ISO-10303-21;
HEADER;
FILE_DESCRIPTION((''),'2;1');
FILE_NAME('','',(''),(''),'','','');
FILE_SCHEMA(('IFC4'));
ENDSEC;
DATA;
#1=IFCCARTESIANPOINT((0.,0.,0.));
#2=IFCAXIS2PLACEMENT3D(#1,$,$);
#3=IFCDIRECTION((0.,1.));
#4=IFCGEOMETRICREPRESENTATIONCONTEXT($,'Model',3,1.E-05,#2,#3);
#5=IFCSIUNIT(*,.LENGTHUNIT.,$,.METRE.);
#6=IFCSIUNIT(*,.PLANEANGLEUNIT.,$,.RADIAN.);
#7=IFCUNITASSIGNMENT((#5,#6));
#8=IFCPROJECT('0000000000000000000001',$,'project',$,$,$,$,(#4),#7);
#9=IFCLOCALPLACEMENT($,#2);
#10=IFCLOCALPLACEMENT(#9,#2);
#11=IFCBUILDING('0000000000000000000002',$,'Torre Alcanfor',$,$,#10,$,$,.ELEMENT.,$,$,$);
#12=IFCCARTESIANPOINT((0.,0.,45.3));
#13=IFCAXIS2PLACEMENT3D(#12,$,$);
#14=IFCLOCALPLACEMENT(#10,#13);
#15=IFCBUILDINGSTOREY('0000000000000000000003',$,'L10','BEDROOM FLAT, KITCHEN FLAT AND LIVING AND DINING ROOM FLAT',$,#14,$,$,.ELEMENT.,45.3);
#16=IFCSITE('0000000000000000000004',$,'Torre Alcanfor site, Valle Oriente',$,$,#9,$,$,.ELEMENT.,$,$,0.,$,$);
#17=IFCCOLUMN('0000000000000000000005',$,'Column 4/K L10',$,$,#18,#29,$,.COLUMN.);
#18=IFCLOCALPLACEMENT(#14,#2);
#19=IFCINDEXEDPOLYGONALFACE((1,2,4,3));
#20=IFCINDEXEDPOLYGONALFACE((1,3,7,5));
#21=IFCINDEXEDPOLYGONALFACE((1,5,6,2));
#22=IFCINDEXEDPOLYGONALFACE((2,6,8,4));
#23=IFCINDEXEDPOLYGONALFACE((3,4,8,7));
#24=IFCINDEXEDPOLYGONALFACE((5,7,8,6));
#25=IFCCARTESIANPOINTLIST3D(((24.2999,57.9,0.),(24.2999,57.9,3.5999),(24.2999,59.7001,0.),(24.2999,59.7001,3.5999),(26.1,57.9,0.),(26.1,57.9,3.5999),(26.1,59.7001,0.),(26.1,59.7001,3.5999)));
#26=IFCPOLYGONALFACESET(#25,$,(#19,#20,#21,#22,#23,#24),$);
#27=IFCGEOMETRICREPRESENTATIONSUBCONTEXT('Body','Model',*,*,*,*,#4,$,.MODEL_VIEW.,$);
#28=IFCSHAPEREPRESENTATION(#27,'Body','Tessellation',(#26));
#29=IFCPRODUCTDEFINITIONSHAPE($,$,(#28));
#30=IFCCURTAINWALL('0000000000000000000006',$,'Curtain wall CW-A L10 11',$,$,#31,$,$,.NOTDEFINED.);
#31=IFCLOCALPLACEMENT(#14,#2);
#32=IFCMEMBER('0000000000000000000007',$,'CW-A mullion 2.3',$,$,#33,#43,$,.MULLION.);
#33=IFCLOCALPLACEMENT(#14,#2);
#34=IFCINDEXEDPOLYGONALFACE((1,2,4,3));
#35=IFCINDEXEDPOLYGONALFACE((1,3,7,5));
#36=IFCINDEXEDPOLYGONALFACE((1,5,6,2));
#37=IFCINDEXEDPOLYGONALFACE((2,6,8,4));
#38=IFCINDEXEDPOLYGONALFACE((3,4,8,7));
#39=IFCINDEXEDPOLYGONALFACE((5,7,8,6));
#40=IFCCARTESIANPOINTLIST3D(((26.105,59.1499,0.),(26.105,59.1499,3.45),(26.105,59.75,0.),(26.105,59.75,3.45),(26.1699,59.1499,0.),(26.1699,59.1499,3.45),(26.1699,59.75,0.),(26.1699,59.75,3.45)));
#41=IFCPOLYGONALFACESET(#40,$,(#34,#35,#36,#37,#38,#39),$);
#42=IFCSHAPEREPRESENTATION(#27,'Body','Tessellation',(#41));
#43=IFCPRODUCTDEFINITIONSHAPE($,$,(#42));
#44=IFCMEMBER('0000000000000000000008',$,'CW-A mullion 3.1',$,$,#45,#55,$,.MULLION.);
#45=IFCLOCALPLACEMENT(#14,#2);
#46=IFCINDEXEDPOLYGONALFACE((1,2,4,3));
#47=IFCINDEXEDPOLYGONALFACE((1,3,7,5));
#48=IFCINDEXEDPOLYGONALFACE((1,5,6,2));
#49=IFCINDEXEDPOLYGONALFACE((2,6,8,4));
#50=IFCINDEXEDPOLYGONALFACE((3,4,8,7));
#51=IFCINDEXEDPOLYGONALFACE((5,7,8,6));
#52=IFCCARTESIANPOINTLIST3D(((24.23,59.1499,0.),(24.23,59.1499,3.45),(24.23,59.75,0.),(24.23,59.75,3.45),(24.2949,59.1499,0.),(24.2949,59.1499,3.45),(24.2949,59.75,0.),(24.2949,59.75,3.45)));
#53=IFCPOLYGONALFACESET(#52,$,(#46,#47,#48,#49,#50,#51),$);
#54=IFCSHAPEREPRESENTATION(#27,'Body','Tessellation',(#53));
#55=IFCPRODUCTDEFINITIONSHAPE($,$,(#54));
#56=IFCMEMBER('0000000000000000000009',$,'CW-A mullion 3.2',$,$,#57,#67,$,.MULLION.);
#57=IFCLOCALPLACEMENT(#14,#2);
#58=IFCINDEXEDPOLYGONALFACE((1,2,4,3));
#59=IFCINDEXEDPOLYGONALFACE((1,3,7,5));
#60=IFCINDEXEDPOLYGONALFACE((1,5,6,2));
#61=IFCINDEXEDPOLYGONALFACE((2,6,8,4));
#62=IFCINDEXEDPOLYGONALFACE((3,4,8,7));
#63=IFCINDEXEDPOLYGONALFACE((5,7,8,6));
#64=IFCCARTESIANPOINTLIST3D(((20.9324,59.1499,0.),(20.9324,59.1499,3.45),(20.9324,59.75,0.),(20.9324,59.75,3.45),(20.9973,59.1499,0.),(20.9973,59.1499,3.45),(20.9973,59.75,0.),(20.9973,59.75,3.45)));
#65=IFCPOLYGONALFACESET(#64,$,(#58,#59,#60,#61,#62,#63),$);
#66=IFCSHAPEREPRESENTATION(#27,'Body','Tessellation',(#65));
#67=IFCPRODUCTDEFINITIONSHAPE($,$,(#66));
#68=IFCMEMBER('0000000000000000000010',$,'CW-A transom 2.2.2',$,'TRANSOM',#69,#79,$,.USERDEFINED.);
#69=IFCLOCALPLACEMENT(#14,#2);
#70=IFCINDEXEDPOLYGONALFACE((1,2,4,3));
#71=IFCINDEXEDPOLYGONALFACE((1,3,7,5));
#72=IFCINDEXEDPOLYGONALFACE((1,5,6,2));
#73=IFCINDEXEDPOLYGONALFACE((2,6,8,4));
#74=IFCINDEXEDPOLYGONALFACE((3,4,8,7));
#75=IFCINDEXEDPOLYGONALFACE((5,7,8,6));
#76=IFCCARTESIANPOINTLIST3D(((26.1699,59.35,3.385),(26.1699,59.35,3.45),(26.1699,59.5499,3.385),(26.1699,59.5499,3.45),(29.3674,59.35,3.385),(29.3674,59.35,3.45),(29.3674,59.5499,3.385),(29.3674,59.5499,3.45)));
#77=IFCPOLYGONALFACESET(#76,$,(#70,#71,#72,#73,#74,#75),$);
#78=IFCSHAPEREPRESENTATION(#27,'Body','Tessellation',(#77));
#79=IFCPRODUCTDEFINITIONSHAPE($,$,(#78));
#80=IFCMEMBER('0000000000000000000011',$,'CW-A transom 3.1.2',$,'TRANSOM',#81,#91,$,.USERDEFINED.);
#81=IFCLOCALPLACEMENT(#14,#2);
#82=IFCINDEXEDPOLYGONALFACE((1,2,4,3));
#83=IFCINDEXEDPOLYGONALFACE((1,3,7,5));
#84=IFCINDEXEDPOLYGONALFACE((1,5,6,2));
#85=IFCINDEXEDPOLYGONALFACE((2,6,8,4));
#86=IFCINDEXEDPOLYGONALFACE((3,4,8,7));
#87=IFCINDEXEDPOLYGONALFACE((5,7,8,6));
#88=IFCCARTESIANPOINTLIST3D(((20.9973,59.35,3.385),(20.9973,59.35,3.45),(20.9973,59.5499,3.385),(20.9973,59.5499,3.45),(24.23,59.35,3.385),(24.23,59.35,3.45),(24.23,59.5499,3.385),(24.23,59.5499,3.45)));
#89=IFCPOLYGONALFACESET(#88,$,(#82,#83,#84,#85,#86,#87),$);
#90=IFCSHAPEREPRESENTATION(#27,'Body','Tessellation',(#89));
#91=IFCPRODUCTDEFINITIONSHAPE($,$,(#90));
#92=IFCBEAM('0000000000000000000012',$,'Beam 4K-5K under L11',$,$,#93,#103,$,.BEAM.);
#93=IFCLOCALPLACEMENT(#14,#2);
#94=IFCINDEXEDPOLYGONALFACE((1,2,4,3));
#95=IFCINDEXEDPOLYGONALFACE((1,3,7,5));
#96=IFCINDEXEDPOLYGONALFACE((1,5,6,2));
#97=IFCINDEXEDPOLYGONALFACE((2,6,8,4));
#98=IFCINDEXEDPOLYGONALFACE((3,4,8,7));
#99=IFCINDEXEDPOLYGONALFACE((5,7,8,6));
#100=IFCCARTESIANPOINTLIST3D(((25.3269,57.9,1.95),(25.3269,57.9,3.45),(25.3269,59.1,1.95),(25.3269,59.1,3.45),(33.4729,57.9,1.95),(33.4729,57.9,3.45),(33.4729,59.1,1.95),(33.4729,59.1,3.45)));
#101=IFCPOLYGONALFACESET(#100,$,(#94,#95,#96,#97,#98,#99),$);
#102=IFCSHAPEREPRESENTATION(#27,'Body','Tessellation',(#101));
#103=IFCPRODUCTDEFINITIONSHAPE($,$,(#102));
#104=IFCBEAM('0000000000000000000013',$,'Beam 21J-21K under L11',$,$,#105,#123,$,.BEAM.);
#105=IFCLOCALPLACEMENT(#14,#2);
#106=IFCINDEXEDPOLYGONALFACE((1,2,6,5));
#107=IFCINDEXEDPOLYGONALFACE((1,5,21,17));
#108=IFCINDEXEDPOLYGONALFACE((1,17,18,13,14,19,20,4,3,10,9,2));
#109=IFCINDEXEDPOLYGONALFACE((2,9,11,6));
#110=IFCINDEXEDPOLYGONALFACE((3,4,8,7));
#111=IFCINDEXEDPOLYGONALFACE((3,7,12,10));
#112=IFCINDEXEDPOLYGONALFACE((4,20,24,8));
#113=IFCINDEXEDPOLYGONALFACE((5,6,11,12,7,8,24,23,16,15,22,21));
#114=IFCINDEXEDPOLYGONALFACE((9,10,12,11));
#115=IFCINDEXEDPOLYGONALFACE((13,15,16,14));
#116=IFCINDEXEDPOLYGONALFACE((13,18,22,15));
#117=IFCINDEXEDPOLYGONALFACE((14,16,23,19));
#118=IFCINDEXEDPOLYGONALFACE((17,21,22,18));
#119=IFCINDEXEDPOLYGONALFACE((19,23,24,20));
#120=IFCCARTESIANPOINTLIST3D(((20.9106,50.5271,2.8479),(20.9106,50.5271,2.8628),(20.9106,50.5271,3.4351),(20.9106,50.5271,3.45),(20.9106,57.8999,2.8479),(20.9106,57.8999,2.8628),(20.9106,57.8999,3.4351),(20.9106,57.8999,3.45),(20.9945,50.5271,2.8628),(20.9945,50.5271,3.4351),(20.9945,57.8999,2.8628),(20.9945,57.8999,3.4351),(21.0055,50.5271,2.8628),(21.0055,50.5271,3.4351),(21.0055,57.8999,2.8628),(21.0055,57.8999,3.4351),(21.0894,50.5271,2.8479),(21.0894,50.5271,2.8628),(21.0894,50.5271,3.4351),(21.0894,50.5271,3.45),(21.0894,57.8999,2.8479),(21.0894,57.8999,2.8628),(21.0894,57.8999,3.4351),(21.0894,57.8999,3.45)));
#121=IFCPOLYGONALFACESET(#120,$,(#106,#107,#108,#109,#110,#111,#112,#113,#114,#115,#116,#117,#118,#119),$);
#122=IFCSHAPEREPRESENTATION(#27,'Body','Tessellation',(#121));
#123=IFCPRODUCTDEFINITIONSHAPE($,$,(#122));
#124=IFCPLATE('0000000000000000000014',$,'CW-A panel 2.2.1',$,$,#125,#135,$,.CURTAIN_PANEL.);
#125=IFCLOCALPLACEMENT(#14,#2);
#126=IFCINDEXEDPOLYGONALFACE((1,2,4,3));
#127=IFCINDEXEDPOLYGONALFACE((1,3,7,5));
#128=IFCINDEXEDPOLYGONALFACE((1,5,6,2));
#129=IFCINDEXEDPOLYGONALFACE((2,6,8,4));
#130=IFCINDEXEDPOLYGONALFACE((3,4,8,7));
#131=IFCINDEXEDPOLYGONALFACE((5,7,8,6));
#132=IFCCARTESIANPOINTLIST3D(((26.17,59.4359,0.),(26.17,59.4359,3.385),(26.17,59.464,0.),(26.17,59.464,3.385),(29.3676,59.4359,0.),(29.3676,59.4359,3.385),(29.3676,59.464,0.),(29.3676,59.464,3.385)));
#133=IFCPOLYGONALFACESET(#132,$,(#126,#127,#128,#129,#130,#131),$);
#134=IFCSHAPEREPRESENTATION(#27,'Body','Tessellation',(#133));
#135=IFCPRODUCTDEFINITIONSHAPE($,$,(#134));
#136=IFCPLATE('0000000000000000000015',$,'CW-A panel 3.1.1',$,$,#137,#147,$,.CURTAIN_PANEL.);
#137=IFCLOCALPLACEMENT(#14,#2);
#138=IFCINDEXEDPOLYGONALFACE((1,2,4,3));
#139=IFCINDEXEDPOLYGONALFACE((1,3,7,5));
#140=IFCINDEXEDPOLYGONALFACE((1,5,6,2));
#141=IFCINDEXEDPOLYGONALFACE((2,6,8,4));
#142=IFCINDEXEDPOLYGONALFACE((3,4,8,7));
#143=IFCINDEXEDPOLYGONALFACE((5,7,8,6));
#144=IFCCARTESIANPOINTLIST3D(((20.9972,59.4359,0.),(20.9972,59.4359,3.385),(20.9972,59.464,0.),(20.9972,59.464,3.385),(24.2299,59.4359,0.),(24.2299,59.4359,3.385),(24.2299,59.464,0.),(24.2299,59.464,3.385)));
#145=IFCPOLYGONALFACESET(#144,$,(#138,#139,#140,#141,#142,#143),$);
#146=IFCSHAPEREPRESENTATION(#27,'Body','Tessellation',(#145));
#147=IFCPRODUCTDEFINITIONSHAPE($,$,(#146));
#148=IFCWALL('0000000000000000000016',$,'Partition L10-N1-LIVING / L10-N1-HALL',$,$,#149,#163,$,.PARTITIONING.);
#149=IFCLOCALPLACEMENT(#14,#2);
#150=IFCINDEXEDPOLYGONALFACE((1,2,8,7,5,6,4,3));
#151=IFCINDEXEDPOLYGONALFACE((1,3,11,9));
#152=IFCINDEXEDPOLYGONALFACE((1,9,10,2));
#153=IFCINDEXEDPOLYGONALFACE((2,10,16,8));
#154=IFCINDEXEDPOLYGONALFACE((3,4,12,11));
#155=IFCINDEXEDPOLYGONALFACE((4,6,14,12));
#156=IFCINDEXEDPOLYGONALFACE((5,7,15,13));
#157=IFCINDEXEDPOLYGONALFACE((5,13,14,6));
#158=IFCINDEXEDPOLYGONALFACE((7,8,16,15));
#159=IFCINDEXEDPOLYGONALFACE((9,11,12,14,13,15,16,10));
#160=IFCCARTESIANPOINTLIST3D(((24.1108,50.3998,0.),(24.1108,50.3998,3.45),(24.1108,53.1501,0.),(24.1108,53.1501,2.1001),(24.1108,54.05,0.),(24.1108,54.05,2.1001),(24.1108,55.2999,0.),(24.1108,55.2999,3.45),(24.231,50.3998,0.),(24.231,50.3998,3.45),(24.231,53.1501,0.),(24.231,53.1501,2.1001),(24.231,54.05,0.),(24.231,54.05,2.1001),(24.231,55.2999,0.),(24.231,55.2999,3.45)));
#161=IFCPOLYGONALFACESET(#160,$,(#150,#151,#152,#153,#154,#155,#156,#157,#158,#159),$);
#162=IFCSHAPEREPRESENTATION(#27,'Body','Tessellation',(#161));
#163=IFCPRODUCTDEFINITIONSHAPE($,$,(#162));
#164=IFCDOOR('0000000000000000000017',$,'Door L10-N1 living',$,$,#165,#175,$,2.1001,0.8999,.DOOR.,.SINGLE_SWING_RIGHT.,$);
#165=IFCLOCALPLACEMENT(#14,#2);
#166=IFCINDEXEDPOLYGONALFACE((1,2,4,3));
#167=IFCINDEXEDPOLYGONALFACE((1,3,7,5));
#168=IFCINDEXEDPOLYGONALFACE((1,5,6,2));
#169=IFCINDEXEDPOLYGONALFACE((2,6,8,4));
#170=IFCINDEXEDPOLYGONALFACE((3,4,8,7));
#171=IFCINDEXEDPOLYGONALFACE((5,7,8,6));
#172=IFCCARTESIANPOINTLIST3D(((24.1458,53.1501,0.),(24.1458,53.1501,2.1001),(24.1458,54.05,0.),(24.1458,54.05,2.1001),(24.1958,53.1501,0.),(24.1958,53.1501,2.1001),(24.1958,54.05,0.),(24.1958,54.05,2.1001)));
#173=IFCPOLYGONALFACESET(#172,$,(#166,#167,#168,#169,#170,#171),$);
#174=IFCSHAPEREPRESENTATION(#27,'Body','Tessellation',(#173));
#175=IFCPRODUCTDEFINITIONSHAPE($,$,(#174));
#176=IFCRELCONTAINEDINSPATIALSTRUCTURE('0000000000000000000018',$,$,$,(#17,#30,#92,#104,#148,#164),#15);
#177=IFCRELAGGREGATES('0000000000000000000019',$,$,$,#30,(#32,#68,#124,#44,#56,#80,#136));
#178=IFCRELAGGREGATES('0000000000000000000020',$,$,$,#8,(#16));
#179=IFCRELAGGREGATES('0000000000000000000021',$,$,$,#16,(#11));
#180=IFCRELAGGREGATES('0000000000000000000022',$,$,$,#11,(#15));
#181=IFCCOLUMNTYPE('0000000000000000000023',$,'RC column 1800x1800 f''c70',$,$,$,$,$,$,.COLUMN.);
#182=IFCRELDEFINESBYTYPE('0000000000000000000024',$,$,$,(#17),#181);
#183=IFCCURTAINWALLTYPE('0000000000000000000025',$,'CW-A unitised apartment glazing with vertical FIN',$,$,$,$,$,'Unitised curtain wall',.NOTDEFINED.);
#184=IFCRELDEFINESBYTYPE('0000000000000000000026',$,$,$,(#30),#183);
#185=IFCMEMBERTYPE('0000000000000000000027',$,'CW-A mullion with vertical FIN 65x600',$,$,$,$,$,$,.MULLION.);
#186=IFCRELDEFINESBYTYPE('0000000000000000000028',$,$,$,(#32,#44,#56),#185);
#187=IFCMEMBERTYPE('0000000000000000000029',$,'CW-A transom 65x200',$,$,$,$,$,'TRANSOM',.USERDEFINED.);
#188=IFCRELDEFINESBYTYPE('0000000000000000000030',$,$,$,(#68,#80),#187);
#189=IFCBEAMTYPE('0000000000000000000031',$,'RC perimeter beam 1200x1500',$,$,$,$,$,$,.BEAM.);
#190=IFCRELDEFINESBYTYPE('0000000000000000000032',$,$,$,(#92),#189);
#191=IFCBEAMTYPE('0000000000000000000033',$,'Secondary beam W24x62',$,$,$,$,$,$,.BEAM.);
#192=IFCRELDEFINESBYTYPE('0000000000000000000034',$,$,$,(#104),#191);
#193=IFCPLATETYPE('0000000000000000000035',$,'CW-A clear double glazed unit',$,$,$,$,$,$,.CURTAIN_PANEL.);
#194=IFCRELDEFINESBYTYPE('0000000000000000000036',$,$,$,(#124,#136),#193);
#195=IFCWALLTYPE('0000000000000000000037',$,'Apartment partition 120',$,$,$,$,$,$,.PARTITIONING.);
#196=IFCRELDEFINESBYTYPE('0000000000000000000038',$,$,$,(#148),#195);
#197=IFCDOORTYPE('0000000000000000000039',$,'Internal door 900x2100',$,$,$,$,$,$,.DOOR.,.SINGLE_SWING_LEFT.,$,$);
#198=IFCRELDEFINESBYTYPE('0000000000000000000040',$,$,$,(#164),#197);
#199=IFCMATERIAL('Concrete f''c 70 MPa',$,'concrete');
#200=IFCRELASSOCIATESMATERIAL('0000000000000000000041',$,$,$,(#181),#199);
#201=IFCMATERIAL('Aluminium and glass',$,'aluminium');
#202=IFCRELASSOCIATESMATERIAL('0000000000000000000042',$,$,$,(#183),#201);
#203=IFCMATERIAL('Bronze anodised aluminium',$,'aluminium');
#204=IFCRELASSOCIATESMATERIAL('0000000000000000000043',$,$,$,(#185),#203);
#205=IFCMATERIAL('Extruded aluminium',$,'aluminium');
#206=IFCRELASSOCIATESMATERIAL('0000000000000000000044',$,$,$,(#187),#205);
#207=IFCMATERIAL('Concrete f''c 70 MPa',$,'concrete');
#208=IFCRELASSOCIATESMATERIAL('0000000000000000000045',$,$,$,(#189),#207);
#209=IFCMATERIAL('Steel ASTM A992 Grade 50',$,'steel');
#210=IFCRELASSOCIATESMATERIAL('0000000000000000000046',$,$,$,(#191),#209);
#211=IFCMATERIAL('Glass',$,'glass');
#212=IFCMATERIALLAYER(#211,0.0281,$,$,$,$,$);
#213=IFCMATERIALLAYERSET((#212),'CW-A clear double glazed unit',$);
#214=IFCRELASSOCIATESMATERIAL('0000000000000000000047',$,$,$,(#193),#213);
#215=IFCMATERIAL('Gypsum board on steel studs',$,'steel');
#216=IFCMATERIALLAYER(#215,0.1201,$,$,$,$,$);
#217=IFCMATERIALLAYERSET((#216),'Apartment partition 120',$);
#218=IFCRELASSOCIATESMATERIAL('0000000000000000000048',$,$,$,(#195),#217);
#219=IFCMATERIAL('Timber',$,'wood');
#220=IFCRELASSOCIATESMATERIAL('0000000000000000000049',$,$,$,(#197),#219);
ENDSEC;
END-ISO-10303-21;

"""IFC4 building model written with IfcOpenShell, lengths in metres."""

from ifc_helpers import new_model, si_unit, direction, frame, frame_2d, origin, origin_2d, place, context, subcontext, project, spatial, rectangle, i_section, extrude, material, layer, layer_set, material_profile, profile_set, type_object, element, fill, aggregate, save


model = new_model("IFC4")

# Units and contexts
model_context = context("Model", 3, precision=1e-05, world=origin(), true_north=direction((0.0, 1.0)))
body_context = subcontext(model_context, "Body", "Model", "MODEL_VIEW")
ifc_project = project(units=[si_unit("LENGTHUNIT", "METRE"), si_unit("PLANEANGLEUNIT", "RADIAN")], contexts=[model_context])

# Site, building, storey
site_placement = place(None, origin())
site = spatial("IfcSite", under=ifc_project, at=site_placement, Name="Torre Alcanfor site, Valle Oriente", CompositionType="ELEMENT", RefElevation=0.0)
building_placement = place(site_placement, origin())
building = spatial("IfcBuilding", under=site, at=building_placement, Name="Torre Alcanfor", CompositionType="ELEMENT")
storey_placement = place(building_placement, frame((0.0, 0.0, 45.3)))
storey = spatial("IfcBuildingStorey", under=building, at=storey_placement, Name="L10", Description="BEDROOM FLAT, KITCHEN FLAT AND LIVING AND DINING ROOM FLAT", CompositionType="ELEMENT", Elevation=45.3)

# Column
ifc_material_1 = material(Name="Concrete f'c 70 MPa", Category="concrete")
ifc_material_profile_1 = material_profile(ifc_material_1, rectangle(XDim=1.8, YDim=1.8, at=origin_2d()), Name="1800x1800")
ifc_profile_set_1 = profile_set([ifc_material_profile_1], Name="Concrete f'c 70 MPa")
column_type = type_object("IfcColumnType", Name="RC column 1800x1800 f'c70", PredefinedType="COLUMN", material=ifc_profile_set_1)
column_placement = place(storey_placement, frame((25.2, 58.8, 0.0), z_axis=(0.0, 0.0, 1.0), x_axis=(1.0, 0.0, 0.0)))
element("IfcColumn", 1, at=column_placement, inside=storey, type_object=column_type, Name="Column 4/K L10", PredefinedType="COLUMN", context=body_context, shape_type="SweptSolid", body=[
    extrude(rectangle(XDim=1.8, YDim=1.8, at=origin_2d()), origin(), (0.0, 0.0, 1.0), 3.5999),
])

# Curtain wall, members
ifc_material_2 = material(Name="Aluminium and glass", Category="aluminium")
curtain_wall_type = type_object("IfcCurtainWallType", Name="CW-A unitised apartment glazing with vertical FIN", ElementType="Unitised curtain wall", PredefinedType="NOTDEFINED", material=ifc_material_2)
curtain_wall_placement = place(storey_placement, origin())
curtain_wall = element("IfcCurtainWall", 2, at=curtain_wall_placement, inside=storey, type_object=curtain_wall_type, Name="Curtain wall CW-A L10 11", PredefinedType="NOTDEFINED")
ifc_material_3 = material(Name="Bronze anodised aluminium", Category="aluminium")
ifc_material_profile_2 = material_profile(ifc_material_3, rectangle(XDim=0.6001, YDim=0.0649, at=origin_2d()), Name="CW-A mullion 65x600")
ifc_profile_set_2 = profile_set([ifc_material_profile_2], Name="Bronze anodised aluminium")
member_type_1 = type_object("IfcMemberType", Name="CW-A mullion with vertical FIN 65x600", PredefinedType="MULLION", material=ifc_profile_set_2)
member_1_placement = place(storey_placement, frame((26.1375, 59.45, 0.0), z_axis=(0.0, 0.0, 1.0), x_axis=(0.0, -1.0, 0.0)))
member_1 = element("IfcMember", 3, at=member_1_placement, type_object=member_type_1, Name="CW-A mullion 2.3", PredefinedType="MULLION", context=body_context, shape_type="SweptSolid", body=[
    extrude(rectangle(XDim=0.6001, YDim=0.0649, at=origin_2d()), origin(), (0.0, 0.0, 1.0), 3.45),
])
member_2_placement = place(storey_placement, frame((24.2625, 59.45, 0.0), z_axis=(0.0, 0.0, 1.0), x_axis=(0.0, -1.0, 0.0)))
member_2 = element("IfcMember", 4, at=member_2_placement, type_object=member_type_1, Name="CW-A mullion 3.1", PredefinedType="MULLION", context=body_context, shape_type="SweptSolid", body=[
    extrude(rectangle(XDim=0.6001, YDim=0.0649, at=origin_2d()), origin(), (0.0, 0.0, 1.0), 3.45),
])
member_3_placement = place(storey_placement, frame((20.9648, 59.45, 0.0), z_axis=(0.0, 0.0, 1.0), x_axis=(0.0, -1.0, 0.0)))
member_3 = element("IfcMember", 5, at=member_3_placement, type_object=member_type_1, Name="CW-A mullion 3.2", PredefinedType="MULLION", context=body_context, shape_type="SweptSolid", body=[
    extrude(rectangle(XDim=0.6001, YDim=0.0649, at=origin_2d()), origin(), (0.0, 0.0, 1.0), 3.45),
])
ifc_material_4 = material(Name="Extruded aluminium", Category="aluminium")
ifc_material_profile_3 = material_profile(ifc_material_4, rectangle(XDim=0.2, YDim=0.0649, at=origin_2d()), Name="CW-A transom 200x65")
ifc_profile_set_3 = profile_set([ifc_material_profile_3], Name="Extruded aluminium")
member_type_2 = type_object("IfcMemberType", Name="CW-A transom 65x200", ElementType="TRANSOM", PredefinedType="USERDEFINED", material=ifc_profile_set_3)
member_4_placement = place(storey_placement, frame((29.3674, 59.45, 3.4175), z_axis=(-1.0, 0.0, 0.0), x_axis=(0.0, -1.0, 0.0)))
member_4 = element("IfcMember", 6, at=member_4_placement, type_object=member_type_2, Name="CW-A transom 2.2.2", ObjectType="TRANSOM", PredefinedType="USERDEFINED", context=body_context, shape_type="SweptSolid", body=[
    extrude(rectangle(XDim=0.2, YDim=0.0649, at=origin_2d()), origin(), (0.0, 0.0, 1.0), 3.1975),
])
member_5_placement = place(storey_placement, frame((24.23, 59.45, 3.4175), z_axis=(-1.0, 0.0, 0.0), x_axis=(0.0, -1.0, 0.0)))
member_5 = element("IfcMember", 7, at=member_5_placement, type_object=member_type_2, Name="CW-A transom 3.1.2", ObjectType="TRANSOM", PredefinedType="USERDEFINED", context=body_context, shape_type="SweptSolid", body=[
    extrude(rectangle(XDim=0.2, YDim=0.0649, at=origin_2d()), origin(), (0.0, 0.0, 1.0), 3.2327),
])

# Beams
ifc_material_5 = material(Name="Concrete f'c 70 MPa", Category="concrete")
ifc_material_profile_4 = material_profile(ifc_material_5, rectangle(XDim=1.2, YDim=1.5, at=origin_2d()), Name="1200x1500")
ifc_profile_set_4 = profile_set([ifc_material_profile_4], Name="Concrete f'c 70 MPa")
beam_type_1 = type_object("IfcBeamType", Name="RC perimeter beam 1200x1500", PredefinedType="BEAM", material=ifc_profile_set_4)
beam_1_placement = place(storey_placement, frame((25.3269, 58.5, 2.7), z_axis=(1.0, 0.0, 0.0), x_axis=(0.0, 1.0, 0.0)))
element("IfcBeam", 8, at=beam_1_placement, inside=storey, type_object=beam_type_1, Name="Beam 4K-5K under L11", PredefinedType="BEAM", context=body_context, shape_type="SweptSolid", body=[
    extrude(rectangle(XDim=1.2, YDim=1.5, at=origin_2d()), origin(), (0.0, 0.0, 1.0), 8.146),
])
ifc_material_6 = material(Name="Steel ASTM A992 Grade 50", Category="steel")
ifc_material_profile_5 = material_profile(ifc_material_6, i_section(OverallWidth=0.1787, OverallDepth=0.6021, WebThickness=0.011, FlangeThickness=0.0149, at=origin_2d()), Name="W24x62")
ifc_profile_set_5 = profile_set([ifc_material_profile_5], Name="Steel ASTM A992 Grade 50")
beam_type_2 = type_object("IfcBeamType", Name="Secondary beam W24x62", PredefinedType="BEAM", material=ifc_profile_set_5)
beam_2_placement = place(storey_placement, frame((21.0, 50.5271, 3.1489), z_axis=(0.0, 1.0, 0.0), x_axis=(-1.0, 0.0, 0.0)))
element("IfcBeam", 9, at=beam_2_placement, inside=storey, type_object=beam_type_2, Name="Beam 21J-21K under L11", PredefinedType="BEAM", context=body_context, shape_type="SweptSolid", body=[
    extrude(i_section(OverallWidth=0.1787, OverallDepth=0.6021, WebThickness=0.011, FlangeThickness=0.0149, at=origin_2d()), origin(), (0.0, 0.0, 1.0), 7.3728),
])

# Plates
ifc_material_7 = material(Name="Glass", Category="glass")
ifc_layer_1 = layer(ifc_material_7, 0.0281)
ifc_layer_set_1 = layer_set([ifc_layer_1], Name="CW-A clear double glazed unit")
plate_type = type_object("IfcPlateType", Name="CW-A clear double glazed unit", PredefinedType="CURTAIN_PANEL", material=ifc_layer_set_1)
plate_1_placement = place(storey_placement, frame((27.7688, 59.45, 0.0), z_axis=(0.0, 0.0, 1.0), x_axis=(-1.0, 0.0, 0.0)))
plate_1 = element("IfcPlate", 10, at=plate_1_placement, type_object=plate_type, Name="CW-A panel 2.2.1", PredefinedType="CURTAIN_PANEL", context=body_context, shape_type="SweptSolid", body=[
    extrude(rectangle(XDim=3.1975, YDim=0.0281, at=origin_2d()), origin(), (0.0, 0.0, 1.0), 3.385),
])
plate_2_placement = place(storey_placement, frame((22.6135, 59.45, 0.0), z_axis=(0.0, 0.0, 1.0), x_axis=(-1.0, 0.0, 0.0)))
plate_2 = element("IfcPlate", 11, at=plate_2_placement, type_object=plate_type, Name="CW-A panel 3.1.1", PredefinedType="CURTAIN_PANEL", context=body_context, shape_type="SweptSolid", body=[
    extrude(rectangle(XDim=3.2327, YDim=0.0281, at=origin_2d()), origin(), (0.0, 0.0, 1.0), 3.385),
])
aggregate(curtain_wall, [member_1, member_4, plate_1, member_2, member_3, member_5, plate_2])

# Wall, opening, door
ifc_material_8 = material(Name="Gypsum board on steel studs", Category="steel")
ifc_layer_2 = layer(ifc_material_8, 0.1201)
ifc_layer_set_2 = layer_set([ifc_layer_2], Name="Apartment partition 120")
wall_type = type_object("IfcWallType", Name="Apartment partition 120", PredefinedType="PARTITIONING", material=ifc_layer_set_2)
wall_1_placement = place(storey_placement, frame((24.1709, 55.3, 0.0), z_axis=(0.0, 0.0, 1.0), x_axis=(0.0, -1.0, 0.0)))
wall_1 = element("IfcWall", 12, at=wall_1_placement, inside=storey, type_object=wall_type, Name="Partition L10-N1-LIVING / L10-N1-HALL", PredefinedType="PARTITIONING", context=body_context, shape_type="SweptSolid", body=[
    extrude(rectangle(XDim=4.9001, YDim=0.1201, at=frame_2d((2.4502, 0.0))), origin(), (0.0, 0.0, 1.0), 3.45),
])
opening_1_placement = place(wall_1_placement, frame((1.25, 0.0, 0.0)))
opening_1 = element("IfcOpeningElement", 13, at=opening_1_placement, cuts=wall_1, PredefinedType="OPENING", context=body_context, shape_type="SweptSolid", body=[
    extrude(rectangle(XDim=0.8999, YDim=2.1001, at=frame_2d((0.45, 1.05))), frame((0.0, 0.0701, 0.0), z_axis=(0.0, -1.0, 0.0), x_axis=(1.0, 0.0, 0.0)), (0.0, 0.0, 1.0), 0.1401),
])
ifc_material_9 = material(Name="Timber", Category="wood")
door_type = type_object("IfcDoorType", Name="Internal door 900x2100", OperationType="SINGLE_SWING_LEFT", PredefinedType="DOOR", material=ifc_material_9)
door_1_placement = place(opening_1_placement, origin())
door_1 = element("IfcDoor", 14, at=door_1_placement, inside=storey, type_object=door_type, Name="Door L10-N1 living", OperationType="SINGLE_SWING_RIGHT", OverallHeight=2.1001, OverallWidth=0.8999, PredefinedType="DOOR", context=body_context, shape_type="SweptSolid", body=[
    extrude(rectangle(XDim=0.8999, YDim=2.1001, at=frame_2d((0.45, 1.05))), frame((0.0, 0.0249, 0.0), z_axis=(0.0, -1.0, 0.0), x_axis=(1.0, 0.0, 0.0)), (0.0, 0.0, 1.0), 0.05),
])
fill(opening_1, door_1)

save(model, "model.ifc")
